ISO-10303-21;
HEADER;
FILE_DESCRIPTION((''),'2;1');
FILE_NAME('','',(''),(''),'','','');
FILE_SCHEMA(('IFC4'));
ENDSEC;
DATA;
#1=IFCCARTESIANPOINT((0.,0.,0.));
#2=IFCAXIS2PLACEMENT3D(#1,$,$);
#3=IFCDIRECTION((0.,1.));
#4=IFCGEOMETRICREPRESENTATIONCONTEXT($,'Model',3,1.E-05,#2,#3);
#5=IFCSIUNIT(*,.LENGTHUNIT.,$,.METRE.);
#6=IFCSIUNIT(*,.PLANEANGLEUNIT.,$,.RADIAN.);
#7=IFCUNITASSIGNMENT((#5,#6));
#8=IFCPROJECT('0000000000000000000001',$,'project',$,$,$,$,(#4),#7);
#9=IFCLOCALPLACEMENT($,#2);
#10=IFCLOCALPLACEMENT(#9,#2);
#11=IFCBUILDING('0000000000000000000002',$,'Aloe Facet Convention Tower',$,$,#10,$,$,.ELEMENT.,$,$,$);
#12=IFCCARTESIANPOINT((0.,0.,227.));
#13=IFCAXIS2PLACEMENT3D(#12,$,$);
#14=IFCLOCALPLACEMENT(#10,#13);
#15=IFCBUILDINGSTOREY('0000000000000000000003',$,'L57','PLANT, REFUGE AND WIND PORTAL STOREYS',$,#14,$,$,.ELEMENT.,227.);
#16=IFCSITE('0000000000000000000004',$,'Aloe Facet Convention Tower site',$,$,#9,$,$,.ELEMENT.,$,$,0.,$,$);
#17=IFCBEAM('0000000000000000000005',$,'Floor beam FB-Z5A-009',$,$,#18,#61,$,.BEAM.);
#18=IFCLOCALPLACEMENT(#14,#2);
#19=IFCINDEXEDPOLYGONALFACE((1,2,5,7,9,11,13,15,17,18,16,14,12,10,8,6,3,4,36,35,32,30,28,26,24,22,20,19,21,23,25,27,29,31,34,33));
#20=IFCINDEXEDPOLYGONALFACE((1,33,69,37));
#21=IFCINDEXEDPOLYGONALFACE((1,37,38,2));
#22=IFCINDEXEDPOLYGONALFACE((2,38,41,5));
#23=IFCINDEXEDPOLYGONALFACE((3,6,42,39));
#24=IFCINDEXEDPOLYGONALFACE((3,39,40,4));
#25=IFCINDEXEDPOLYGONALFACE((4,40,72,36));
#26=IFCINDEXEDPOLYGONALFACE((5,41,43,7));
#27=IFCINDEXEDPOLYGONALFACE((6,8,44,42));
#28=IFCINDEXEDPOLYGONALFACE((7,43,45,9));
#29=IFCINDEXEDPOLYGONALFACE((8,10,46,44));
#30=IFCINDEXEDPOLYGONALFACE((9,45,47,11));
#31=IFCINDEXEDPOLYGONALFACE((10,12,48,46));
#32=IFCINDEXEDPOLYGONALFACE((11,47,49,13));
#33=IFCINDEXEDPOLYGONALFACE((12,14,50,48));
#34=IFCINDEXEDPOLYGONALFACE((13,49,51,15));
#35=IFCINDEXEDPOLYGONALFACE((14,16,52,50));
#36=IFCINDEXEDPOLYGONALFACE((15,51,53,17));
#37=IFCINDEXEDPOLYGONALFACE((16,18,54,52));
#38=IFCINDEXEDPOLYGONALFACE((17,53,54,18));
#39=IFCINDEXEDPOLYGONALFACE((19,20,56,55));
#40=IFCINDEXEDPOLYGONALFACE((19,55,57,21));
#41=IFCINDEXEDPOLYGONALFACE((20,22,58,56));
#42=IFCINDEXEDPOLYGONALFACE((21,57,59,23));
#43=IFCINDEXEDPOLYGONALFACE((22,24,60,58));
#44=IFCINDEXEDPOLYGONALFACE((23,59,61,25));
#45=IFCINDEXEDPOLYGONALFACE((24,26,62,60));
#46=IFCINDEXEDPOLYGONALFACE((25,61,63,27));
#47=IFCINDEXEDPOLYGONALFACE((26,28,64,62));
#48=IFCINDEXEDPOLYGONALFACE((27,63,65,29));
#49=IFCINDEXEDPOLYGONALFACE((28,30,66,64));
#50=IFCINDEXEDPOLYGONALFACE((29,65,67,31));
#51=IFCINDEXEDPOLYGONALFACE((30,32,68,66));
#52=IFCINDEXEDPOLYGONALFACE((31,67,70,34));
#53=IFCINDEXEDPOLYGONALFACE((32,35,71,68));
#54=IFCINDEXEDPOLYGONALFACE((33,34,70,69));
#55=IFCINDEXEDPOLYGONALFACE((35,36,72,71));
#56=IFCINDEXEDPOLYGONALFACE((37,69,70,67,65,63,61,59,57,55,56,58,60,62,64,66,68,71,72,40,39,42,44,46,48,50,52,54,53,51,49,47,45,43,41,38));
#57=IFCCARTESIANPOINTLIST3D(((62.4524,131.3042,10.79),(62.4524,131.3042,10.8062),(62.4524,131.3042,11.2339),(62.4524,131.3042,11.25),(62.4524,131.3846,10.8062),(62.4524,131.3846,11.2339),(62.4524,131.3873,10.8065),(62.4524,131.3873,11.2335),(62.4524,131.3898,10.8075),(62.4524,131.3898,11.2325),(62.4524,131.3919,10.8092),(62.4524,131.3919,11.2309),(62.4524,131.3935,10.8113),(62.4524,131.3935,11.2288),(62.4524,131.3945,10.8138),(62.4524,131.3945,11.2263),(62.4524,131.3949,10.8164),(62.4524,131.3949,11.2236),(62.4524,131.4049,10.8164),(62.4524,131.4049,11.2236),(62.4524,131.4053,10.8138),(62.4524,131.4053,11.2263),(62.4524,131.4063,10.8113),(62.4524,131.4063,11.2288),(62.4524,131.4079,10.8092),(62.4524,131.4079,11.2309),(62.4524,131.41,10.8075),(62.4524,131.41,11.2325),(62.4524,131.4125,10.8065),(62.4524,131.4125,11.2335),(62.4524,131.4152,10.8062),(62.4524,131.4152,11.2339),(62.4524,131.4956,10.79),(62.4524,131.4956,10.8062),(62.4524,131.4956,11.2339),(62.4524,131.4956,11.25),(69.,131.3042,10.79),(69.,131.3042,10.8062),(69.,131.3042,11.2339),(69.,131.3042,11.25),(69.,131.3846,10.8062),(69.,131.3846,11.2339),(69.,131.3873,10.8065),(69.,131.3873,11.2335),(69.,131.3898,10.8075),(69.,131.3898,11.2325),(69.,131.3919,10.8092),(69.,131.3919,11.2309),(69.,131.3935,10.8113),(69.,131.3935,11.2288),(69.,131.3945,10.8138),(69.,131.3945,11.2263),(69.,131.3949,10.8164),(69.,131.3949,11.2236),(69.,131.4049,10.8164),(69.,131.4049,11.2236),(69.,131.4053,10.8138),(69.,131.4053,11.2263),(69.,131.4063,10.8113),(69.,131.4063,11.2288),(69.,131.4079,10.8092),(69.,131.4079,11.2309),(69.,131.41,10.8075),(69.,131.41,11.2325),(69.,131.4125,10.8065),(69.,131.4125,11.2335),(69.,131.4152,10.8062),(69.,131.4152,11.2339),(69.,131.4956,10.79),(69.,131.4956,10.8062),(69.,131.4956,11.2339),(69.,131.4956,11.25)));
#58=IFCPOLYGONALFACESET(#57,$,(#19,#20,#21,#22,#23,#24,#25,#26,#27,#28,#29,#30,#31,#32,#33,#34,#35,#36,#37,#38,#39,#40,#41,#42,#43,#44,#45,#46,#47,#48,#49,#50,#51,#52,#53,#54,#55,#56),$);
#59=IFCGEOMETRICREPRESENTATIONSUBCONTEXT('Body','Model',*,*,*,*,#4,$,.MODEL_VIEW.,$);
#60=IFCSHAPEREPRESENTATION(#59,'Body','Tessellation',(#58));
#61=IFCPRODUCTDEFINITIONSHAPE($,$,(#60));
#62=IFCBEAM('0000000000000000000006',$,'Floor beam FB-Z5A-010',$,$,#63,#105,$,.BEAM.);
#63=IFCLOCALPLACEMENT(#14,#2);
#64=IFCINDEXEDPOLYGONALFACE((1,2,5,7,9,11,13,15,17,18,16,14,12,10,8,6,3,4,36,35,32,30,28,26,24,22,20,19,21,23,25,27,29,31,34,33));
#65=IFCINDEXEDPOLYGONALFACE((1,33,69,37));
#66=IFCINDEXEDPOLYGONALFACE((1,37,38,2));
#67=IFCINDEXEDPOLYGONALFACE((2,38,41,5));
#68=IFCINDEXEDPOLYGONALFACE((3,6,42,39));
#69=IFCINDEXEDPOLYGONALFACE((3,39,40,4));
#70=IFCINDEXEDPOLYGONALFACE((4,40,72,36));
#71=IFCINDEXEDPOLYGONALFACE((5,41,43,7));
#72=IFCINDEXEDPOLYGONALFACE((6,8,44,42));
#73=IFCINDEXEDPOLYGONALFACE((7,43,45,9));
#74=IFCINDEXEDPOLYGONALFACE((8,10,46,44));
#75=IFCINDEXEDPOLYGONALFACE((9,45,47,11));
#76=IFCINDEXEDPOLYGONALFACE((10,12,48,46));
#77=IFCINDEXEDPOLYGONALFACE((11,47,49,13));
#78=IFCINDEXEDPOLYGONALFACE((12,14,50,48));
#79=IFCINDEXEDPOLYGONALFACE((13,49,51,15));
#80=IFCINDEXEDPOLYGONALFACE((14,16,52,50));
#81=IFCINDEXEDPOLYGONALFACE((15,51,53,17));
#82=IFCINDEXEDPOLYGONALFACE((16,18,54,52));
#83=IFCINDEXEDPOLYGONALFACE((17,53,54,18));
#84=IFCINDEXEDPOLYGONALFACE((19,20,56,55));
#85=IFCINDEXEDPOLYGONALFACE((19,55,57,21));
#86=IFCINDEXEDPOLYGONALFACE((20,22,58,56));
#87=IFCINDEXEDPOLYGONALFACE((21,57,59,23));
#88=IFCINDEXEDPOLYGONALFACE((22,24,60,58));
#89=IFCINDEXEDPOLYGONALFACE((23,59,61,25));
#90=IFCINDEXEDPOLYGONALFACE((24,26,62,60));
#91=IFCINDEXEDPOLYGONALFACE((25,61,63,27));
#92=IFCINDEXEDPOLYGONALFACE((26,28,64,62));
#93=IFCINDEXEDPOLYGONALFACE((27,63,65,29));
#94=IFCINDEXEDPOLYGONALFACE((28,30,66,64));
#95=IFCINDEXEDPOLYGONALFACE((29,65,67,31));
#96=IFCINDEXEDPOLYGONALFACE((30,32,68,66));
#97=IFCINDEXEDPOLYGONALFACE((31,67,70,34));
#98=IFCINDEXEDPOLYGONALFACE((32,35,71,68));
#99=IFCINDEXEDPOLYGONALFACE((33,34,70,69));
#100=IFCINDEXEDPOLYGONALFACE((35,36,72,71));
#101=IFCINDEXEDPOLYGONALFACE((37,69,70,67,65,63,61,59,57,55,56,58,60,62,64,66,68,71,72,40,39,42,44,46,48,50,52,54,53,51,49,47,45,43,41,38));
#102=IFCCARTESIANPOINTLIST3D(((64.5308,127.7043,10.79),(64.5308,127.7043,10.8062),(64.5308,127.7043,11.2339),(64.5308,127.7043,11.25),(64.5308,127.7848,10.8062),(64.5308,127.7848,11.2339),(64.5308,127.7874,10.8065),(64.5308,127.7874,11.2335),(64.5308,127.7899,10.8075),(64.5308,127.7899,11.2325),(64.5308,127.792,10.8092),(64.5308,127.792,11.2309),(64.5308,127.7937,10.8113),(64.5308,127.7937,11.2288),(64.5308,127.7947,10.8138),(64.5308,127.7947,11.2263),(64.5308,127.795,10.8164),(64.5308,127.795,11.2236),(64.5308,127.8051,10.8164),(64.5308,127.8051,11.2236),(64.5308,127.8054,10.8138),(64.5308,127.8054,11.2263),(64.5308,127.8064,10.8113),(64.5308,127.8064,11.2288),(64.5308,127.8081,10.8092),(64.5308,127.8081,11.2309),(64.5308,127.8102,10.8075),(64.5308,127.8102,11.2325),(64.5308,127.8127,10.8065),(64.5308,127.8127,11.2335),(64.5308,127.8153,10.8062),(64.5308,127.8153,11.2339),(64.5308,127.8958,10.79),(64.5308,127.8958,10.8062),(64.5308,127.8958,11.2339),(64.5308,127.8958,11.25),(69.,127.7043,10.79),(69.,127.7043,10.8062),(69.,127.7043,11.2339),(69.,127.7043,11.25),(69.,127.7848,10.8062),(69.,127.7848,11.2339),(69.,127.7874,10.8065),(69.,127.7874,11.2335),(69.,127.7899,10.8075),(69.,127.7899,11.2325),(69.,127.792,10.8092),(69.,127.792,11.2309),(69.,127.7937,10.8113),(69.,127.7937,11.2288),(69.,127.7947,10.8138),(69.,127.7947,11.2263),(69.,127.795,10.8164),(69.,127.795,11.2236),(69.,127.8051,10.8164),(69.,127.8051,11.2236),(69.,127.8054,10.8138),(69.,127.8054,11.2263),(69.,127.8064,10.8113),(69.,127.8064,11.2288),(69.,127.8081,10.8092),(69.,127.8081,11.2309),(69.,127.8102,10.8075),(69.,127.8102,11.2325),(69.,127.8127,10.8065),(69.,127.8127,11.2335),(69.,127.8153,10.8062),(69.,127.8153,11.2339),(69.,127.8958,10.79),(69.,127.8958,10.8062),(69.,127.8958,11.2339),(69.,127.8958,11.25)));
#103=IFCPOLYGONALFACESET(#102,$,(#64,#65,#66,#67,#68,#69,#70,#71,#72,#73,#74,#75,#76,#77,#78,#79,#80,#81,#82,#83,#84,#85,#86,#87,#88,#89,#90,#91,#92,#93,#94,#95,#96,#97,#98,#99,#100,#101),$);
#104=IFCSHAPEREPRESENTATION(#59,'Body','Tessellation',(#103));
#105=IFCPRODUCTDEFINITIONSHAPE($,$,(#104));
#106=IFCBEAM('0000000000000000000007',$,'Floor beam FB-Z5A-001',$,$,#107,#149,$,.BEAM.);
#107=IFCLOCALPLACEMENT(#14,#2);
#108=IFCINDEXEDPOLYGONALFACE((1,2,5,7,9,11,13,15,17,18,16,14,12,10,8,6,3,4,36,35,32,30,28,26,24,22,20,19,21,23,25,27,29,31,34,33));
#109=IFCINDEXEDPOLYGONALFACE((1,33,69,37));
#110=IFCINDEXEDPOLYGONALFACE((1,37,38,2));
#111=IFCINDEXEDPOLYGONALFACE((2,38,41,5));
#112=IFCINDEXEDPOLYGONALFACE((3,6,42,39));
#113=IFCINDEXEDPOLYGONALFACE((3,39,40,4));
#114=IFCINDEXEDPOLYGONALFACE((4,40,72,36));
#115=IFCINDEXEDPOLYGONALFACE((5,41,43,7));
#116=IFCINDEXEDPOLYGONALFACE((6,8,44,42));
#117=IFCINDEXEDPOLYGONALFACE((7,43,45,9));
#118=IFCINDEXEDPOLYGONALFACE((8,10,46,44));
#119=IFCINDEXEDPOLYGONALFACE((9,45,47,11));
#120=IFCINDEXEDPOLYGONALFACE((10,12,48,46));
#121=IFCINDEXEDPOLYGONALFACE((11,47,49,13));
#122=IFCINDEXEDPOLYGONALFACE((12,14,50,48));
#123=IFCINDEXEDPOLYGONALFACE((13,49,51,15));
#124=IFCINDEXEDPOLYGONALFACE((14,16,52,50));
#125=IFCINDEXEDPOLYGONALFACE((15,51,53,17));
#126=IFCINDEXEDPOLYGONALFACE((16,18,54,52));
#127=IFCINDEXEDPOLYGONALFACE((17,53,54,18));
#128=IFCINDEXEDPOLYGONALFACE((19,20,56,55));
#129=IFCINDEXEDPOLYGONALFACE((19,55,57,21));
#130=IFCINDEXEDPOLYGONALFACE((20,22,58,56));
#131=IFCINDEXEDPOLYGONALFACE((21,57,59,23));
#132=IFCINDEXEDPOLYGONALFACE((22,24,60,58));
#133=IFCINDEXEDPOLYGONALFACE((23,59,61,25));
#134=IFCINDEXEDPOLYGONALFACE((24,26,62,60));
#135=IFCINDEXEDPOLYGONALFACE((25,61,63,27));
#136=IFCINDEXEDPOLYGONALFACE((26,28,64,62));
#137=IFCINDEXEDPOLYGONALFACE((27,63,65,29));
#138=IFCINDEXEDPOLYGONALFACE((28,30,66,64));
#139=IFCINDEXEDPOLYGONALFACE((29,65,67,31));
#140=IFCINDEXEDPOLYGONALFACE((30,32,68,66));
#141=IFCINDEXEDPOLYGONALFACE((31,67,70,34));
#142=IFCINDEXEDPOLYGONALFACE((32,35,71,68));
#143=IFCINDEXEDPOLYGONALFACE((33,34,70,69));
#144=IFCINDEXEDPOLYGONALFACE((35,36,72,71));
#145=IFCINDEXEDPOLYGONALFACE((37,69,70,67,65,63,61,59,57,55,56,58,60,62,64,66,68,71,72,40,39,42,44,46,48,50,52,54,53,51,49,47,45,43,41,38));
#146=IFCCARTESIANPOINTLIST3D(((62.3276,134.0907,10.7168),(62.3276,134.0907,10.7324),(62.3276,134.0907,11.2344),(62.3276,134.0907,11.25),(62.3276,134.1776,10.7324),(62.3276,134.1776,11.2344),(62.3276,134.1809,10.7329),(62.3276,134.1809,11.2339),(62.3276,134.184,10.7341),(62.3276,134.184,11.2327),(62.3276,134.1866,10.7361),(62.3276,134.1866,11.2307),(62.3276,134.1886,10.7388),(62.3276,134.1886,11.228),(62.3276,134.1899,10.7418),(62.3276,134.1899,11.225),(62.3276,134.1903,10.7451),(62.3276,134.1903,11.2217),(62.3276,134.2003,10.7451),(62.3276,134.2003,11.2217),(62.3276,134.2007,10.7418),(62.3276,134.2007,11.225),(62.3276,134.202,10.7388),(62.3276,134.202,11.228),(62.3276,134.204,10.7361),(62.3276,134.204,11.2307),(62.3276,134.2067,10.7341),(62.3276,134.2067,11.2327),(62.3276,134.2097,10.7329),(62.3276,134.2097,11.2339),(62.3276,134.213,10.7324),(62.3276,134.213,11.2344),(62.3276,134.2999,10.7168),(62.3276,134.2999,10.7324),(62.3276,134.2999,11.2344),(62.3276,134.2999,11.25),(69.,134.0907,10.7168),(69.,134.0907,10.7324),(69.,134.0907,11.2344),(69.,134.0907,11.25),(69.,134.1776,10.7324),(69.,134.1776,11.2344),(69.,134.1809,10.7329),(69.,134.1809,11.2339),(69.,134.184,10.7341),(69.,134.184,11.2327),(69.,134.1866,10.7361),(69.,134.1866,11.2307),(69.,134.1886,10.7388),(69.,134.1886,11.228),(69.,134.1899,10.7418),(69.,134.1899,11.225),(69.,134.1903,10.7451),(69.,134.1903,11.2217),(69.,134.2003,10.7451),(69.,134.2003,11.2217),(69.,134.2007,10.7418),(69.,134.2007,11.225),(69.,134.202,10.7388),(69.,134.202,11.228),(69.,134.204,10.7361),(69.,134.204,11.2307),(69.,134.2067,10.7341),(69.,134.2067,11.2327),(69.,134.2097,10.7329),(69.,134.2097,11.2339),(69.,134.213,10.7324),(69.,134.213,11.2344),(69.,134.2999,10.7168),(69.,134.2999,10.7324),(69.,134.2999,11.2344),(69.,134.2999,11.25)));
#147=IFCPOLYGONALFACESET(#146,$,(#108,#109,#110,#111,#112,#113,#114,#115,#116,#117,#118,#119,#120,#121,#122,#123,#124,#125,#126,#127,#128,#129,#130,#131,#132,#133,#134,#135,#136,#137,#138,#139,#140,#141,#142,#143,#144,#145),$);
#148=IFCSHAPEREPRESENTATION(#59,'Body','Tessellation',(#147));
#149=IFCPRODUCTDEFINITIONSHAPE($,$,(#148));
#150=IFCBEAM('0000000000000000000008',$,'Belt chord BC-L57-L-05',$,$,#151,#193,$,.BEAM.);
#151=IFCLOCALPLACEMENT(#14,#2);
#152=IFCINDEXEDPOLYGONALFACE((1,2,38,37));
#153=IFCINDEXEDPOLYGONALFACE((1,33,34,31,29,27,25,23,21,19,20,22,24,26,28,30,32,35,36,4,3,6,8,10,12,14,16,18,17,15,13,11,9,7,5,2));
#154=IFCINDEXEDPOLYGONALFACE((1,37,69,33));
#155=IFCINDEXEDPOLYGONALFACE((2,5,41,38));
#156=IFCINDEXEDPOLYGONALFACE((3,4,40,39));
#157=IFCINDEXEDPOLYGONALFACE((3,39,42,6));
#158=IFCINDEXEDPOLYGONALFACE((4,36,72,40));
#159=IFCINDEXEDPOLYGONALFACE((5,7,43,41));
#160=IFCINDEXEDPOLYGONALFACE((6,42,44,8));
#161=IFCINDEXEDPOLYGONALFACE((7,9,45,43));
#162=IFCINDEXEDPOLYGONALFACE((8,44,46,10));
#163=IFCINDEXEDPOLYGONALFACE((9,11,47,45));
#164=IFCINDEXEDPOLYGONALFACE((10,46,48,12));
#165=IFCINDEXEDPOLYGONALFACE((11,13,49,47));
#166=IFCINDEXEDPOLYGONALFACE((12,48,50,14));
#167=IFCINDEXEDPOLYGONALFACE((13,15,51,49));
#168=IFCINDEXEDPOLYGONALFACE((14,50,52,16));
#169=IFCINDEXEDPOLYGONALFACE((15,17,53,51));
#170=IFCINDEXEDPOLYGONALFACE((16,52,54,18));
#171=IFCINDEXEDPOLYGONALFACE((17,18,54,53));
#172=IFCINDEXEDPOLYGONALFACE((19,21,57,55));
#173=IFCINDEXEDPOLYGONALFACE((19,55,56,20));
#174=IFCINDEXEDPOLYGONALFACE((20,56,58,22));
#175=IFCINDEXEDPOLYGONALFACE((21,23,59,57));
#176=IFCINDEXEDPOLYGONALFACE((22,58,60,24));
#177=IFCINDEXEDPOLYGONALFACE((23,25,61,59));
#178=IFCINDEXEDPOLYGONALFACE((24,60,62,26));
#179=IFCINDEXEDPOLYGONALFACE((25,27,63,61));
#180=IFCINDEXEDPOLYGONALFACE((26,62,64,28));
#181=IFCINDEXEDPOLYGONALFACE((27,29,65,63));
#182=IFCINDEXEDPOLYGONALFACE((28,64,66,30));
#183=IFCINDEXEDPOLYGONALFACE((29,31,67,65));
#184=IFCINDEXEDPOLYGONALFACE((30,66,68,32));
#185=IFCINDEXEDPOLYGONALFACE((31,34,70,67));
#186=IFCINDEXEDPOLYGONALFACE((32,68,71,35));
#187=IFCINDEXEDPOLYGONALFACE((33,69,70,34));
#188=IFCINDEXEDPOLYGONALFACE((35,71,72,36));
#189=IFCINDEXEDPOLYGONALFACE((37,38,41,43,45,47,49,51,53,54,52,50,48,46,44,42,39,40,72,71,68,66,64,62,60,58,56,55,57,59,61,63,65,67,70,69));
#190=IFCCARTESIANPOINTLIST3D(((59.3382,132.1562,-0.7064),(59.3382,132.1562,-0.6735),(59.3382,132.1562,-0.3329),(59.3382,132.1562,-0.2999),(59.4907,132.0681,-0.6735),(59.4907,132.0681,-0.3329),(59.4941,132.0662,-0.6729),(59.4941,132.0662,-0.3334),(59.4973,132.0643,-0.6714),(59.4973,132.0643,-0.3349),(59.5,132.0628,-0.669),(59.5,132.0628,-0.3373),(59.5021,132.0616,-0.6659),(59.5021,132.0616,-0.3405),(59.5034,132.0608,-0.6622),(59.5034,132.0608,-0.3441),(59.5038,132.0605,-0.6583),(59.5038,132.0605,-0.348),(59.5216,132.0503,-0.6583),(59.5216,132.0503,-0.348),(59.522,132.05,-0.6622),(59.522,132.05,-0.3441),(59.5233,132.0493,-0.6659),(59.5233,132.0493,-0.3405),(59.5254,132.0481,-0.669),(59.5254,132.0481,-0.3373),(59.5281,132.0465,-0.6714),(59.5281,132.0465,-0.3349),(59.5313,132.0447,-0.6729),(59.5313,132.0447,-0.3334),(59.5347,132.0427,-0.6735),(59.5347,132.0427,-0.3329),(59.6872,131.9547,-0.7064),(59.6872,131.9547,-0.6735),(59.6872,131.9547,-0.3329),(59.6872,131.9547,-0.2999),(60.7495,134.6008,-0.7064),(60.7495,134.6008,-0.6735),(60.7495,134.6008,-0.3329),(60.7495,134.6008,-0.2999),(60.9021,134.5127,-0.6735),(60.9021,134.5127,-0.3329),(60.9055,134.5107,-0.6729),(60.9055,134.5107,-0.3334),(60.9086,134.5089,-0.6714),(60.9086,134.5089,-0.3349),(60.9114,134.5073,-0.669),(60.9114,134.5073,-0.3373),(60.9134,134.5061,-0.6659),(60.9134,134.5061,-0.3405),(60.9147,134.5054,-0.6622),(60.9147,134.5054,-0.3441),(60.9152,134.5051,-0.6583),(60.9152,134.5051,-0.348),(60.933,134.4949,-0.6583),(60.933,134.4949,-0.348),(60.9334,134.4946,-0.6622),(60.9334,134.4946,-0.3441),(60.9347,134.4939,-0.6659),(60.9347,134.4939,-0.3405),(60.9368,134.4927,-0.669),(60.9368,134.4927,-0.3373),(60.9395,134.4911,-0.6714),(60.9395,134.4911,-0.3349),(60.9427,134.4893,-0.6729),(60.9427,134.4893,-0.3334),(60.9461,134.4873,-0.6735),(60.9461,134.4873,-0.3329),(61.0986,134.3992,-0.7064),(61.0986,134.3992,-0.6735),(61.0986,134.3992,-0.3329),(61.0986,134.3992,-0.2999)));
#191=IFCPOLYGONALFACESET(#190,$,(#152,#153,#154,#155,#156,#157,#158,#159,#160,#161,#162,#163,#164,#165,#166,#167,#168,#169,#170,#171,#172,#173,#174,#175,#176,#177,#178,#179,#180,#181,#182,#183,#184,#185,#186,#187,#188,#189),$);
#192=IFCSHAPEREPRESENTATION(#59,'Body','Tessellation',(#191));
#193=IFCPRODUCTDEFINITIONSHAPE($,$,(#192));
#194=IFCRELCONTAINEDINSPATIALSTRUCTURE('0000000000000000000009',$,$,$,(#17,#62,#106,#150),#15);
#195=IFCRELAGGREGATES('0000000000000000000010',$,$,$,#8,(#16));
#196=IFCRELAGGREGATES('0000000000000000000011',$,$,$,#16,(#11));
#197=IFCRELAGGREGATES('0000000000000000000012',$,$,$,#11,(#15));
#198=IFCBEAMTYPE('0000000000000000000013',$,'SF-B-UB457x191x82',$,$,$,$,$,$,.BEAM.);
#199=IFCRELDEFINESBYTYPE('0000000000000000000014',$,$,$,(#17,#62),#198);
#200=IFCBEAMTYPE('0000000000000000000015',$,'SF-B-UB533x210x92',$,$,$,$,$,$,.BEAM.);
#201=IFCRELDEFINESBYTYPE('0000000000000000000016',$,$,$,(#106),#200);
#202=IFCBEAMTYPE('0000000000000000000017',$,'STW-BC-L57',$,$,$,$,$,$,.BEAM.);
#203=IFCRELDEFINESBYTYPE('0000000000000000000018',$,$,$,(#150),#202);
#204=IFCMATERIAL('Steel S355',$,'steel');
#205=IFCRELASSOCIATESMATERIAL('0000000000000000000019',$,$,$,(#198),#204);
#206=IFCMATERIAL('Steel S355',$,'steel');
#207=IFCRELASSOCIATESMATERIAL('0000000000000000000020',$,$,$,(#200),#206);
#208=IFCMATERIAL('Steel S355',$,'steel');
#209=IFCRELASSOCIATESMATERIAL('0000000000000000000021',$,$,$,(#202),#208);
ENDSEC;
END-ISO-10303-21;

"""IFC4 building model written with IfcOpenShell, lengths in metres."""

from ifc_helpers import new_model, si_unit, direction, frame, origin, origin_2d, place, context, subcontext, project, spatial, i_section, extrude, material, material_profile, profile_set, type_object, element, save


model = new_model("IFC4")

# Units and contexts
model_context = context("Model", 3, precision=1e-05, world=origin(), true_north=direction((0.0, 1.0)))
body_context = subcontext(model_context, "Body", "Model", "MODEL_VIEW")
ifc_project = project(units=[si_unit("LENGTHUNIT", "METRE"), si_unit("PLANEANGLEUNIT", "RADIAN")], contexts=[model_context])

# Site, building, storey
site_placement = place(None, origin())
site = spatial("IfcSite", under=ifc_project, at=site_placement, Name="Aloe Facet Convention Tower site", CompositionType="ELEMENT", RefElevation=0.0)
building_placement = place(site_placement, origin())
building = spatial("IfcBuilding", under=site, at=building_placement, Name="Aloe Facet Convention Tower", CompositionType="ELEMENT")
storey_placement = place(building_placement, frame((0.0, 0.0, 227.0)))
storey = spatial("IfcBuildingStorey", under=building, at=storey_placement, Name="L57", Description="PLANT, REFUGE AND WIND PORTAL STOREYS", CompositionType="ELEMENT", Elevation=227.0)

# Beams
ifc_material_1 = material(Name="Steel S355", Category="steel")
ifc_material_profile_1 = material_profile(ifc_material_1, i_section(OverallWidth=0.1914, OverallDepth=0.46, WebThickness=0.01, FlangeThickness=0.0161, FilletRadius=0.0103, at=origin_2d()), Name="UB 457x191x82")
ifc_profile_set_1 = profile_set([ifc_material_profile_1], Name="Steel S355")
beam_type_1 = type_object("IfcBeamType", Name="SF-B-UB457x191x82", PredefinedType="BEAM", material=ifc_profile_set_1)
beam_1_placement = place(storey_placement, frame((62.4524, 131.3999, 11.02), z_axis=(1.0, 0.0, 0.0), x_axis=(0.0, 1.0, 0.0)))
element("IfcBeam", 1, at=beam_1_placement, inside=storey, type_object=beam_type_1, Name="Floor beam FB-Z5A-009", PredefinedType="BEAM", context=body_context, shape_type="SweptSolid", body=[
    extrude(i_section(OverallWidth=0.1914, OverallDepth=0.46, WebThickness=0.01, FlangeThickness=0.0161, FilletRadius=0.0103, at=origin_2d()), origin(), (0.0, 0.0, 1.0), 6.5476),
])
beam_2_placement = place(storey_placement, frame((64.5308, 127.8, 11.02), z_axis=(1.0, 0.0, 0.0), x_axis=(0.0, 1.0, 0.0)))
element("IfcBeam", 2, at=beam_2_placement, inside=storey, type_object=beam_type_1, Name="Floor beam FB-Z5A-010", PredefinedType="BEAM", context=body_context, shape_type="SweptSolid", body=[
    extrude(i_section(OverallWidth=0.1914, OverallDepth=0.46, WebThickness=0.01, FlangeThickness=0.0161, FilletRadius=0.0103, at=origin_2d()), origin(), (0.0, 0.0, 1.0), 4.4692),
])
ifc_material_2 = material(Name="Steel S355", Category="steel")
ifc_material_profile_2 = material_profile(ifc_material_2, i_section(OverallWidth=0.2092, OverallDepth=0.5332, WebThickness=0.01, FlangeThickness=0.0156, FilletRadius=0.0127, at=origin_2d()), Name="UB 533x210x92")
ifc_profile_set_2 = profile_set([ifc_material_profile_2], Name="Steel S355")
beam_type_2 = type_object("IfcBeamType", Name="SF-B-UB533x210x92", PredefinedType="BEAM", material=ifc_profile_set_2)
beam_3_placement = place(storey_placement, frame((62.3276, 134.1953, 10.9834), z_axis=(1.0, 0.0, 0.0), x_axis=(0.0, 1.0, 0.0)))
element("IfcBeam", 3, at=beam_3_placement, inside=storey, type_object=beam_type_2, Name="Floor beam FB-Z5A-001", PredefinedType="BEAM", context=body_context, shape_type="SweptSolid", body=[
    extrude(i_section(OverallWidth=0.2092, OverallDepth=0.5332, WebThickness=0.01, FlangeThickness=0.0156, FilletRadius=0.0127, at=origin_2d()), origin(), (0.0, 0.0, 1.0), 6.6724),
])
ifc_material_3 = material(Name="Steel S355", Category="steel")
ifc_material_profile_3 = material_profile(ifc_material_3, i_section(OverallWidth=0.4031, OverallDepth=0.4065, WebThickness=0.0205, FlangeThickness=0.033, FilletRadius=0.0151, at=origin_2d()), Name="UC 356x406x340")
ifc_profile_set_3 = profile_set([ifc_material_profile_3], Name="Steel S355")
beam_type_3 = type_object("IfcBeamType", Name="STW-BC-L57", PredefinedType="BEAM", material=ifc_profile_set_3)
beam_4_placement = place(storey_placement, frame((59.5127, 132.0554, -0.5032), z_axis=(0.499999, 0.866026, 0.0), x_axis=(-0.866026, 0.499999, 0.0)))
element("IfcBeam", 4, at=beam_4_placement, inside=storey, type_object=beam_type_3, Name="Belt chord BC-L57-L-05", PredefinedType="BEAM", context=body_context, shape_type="SweptSolid", body=[
    extrude(i_section(OverallWidth=0.4031, OverallDepth=0.4065, WebThickness=0.0205, FlangeThickness=0.033, FilletRadius=0.0151, at=origin_2d()), origin(), (0.0, 0.0, 1.0), 2.8228),
])

save(model, "model.ifc")
